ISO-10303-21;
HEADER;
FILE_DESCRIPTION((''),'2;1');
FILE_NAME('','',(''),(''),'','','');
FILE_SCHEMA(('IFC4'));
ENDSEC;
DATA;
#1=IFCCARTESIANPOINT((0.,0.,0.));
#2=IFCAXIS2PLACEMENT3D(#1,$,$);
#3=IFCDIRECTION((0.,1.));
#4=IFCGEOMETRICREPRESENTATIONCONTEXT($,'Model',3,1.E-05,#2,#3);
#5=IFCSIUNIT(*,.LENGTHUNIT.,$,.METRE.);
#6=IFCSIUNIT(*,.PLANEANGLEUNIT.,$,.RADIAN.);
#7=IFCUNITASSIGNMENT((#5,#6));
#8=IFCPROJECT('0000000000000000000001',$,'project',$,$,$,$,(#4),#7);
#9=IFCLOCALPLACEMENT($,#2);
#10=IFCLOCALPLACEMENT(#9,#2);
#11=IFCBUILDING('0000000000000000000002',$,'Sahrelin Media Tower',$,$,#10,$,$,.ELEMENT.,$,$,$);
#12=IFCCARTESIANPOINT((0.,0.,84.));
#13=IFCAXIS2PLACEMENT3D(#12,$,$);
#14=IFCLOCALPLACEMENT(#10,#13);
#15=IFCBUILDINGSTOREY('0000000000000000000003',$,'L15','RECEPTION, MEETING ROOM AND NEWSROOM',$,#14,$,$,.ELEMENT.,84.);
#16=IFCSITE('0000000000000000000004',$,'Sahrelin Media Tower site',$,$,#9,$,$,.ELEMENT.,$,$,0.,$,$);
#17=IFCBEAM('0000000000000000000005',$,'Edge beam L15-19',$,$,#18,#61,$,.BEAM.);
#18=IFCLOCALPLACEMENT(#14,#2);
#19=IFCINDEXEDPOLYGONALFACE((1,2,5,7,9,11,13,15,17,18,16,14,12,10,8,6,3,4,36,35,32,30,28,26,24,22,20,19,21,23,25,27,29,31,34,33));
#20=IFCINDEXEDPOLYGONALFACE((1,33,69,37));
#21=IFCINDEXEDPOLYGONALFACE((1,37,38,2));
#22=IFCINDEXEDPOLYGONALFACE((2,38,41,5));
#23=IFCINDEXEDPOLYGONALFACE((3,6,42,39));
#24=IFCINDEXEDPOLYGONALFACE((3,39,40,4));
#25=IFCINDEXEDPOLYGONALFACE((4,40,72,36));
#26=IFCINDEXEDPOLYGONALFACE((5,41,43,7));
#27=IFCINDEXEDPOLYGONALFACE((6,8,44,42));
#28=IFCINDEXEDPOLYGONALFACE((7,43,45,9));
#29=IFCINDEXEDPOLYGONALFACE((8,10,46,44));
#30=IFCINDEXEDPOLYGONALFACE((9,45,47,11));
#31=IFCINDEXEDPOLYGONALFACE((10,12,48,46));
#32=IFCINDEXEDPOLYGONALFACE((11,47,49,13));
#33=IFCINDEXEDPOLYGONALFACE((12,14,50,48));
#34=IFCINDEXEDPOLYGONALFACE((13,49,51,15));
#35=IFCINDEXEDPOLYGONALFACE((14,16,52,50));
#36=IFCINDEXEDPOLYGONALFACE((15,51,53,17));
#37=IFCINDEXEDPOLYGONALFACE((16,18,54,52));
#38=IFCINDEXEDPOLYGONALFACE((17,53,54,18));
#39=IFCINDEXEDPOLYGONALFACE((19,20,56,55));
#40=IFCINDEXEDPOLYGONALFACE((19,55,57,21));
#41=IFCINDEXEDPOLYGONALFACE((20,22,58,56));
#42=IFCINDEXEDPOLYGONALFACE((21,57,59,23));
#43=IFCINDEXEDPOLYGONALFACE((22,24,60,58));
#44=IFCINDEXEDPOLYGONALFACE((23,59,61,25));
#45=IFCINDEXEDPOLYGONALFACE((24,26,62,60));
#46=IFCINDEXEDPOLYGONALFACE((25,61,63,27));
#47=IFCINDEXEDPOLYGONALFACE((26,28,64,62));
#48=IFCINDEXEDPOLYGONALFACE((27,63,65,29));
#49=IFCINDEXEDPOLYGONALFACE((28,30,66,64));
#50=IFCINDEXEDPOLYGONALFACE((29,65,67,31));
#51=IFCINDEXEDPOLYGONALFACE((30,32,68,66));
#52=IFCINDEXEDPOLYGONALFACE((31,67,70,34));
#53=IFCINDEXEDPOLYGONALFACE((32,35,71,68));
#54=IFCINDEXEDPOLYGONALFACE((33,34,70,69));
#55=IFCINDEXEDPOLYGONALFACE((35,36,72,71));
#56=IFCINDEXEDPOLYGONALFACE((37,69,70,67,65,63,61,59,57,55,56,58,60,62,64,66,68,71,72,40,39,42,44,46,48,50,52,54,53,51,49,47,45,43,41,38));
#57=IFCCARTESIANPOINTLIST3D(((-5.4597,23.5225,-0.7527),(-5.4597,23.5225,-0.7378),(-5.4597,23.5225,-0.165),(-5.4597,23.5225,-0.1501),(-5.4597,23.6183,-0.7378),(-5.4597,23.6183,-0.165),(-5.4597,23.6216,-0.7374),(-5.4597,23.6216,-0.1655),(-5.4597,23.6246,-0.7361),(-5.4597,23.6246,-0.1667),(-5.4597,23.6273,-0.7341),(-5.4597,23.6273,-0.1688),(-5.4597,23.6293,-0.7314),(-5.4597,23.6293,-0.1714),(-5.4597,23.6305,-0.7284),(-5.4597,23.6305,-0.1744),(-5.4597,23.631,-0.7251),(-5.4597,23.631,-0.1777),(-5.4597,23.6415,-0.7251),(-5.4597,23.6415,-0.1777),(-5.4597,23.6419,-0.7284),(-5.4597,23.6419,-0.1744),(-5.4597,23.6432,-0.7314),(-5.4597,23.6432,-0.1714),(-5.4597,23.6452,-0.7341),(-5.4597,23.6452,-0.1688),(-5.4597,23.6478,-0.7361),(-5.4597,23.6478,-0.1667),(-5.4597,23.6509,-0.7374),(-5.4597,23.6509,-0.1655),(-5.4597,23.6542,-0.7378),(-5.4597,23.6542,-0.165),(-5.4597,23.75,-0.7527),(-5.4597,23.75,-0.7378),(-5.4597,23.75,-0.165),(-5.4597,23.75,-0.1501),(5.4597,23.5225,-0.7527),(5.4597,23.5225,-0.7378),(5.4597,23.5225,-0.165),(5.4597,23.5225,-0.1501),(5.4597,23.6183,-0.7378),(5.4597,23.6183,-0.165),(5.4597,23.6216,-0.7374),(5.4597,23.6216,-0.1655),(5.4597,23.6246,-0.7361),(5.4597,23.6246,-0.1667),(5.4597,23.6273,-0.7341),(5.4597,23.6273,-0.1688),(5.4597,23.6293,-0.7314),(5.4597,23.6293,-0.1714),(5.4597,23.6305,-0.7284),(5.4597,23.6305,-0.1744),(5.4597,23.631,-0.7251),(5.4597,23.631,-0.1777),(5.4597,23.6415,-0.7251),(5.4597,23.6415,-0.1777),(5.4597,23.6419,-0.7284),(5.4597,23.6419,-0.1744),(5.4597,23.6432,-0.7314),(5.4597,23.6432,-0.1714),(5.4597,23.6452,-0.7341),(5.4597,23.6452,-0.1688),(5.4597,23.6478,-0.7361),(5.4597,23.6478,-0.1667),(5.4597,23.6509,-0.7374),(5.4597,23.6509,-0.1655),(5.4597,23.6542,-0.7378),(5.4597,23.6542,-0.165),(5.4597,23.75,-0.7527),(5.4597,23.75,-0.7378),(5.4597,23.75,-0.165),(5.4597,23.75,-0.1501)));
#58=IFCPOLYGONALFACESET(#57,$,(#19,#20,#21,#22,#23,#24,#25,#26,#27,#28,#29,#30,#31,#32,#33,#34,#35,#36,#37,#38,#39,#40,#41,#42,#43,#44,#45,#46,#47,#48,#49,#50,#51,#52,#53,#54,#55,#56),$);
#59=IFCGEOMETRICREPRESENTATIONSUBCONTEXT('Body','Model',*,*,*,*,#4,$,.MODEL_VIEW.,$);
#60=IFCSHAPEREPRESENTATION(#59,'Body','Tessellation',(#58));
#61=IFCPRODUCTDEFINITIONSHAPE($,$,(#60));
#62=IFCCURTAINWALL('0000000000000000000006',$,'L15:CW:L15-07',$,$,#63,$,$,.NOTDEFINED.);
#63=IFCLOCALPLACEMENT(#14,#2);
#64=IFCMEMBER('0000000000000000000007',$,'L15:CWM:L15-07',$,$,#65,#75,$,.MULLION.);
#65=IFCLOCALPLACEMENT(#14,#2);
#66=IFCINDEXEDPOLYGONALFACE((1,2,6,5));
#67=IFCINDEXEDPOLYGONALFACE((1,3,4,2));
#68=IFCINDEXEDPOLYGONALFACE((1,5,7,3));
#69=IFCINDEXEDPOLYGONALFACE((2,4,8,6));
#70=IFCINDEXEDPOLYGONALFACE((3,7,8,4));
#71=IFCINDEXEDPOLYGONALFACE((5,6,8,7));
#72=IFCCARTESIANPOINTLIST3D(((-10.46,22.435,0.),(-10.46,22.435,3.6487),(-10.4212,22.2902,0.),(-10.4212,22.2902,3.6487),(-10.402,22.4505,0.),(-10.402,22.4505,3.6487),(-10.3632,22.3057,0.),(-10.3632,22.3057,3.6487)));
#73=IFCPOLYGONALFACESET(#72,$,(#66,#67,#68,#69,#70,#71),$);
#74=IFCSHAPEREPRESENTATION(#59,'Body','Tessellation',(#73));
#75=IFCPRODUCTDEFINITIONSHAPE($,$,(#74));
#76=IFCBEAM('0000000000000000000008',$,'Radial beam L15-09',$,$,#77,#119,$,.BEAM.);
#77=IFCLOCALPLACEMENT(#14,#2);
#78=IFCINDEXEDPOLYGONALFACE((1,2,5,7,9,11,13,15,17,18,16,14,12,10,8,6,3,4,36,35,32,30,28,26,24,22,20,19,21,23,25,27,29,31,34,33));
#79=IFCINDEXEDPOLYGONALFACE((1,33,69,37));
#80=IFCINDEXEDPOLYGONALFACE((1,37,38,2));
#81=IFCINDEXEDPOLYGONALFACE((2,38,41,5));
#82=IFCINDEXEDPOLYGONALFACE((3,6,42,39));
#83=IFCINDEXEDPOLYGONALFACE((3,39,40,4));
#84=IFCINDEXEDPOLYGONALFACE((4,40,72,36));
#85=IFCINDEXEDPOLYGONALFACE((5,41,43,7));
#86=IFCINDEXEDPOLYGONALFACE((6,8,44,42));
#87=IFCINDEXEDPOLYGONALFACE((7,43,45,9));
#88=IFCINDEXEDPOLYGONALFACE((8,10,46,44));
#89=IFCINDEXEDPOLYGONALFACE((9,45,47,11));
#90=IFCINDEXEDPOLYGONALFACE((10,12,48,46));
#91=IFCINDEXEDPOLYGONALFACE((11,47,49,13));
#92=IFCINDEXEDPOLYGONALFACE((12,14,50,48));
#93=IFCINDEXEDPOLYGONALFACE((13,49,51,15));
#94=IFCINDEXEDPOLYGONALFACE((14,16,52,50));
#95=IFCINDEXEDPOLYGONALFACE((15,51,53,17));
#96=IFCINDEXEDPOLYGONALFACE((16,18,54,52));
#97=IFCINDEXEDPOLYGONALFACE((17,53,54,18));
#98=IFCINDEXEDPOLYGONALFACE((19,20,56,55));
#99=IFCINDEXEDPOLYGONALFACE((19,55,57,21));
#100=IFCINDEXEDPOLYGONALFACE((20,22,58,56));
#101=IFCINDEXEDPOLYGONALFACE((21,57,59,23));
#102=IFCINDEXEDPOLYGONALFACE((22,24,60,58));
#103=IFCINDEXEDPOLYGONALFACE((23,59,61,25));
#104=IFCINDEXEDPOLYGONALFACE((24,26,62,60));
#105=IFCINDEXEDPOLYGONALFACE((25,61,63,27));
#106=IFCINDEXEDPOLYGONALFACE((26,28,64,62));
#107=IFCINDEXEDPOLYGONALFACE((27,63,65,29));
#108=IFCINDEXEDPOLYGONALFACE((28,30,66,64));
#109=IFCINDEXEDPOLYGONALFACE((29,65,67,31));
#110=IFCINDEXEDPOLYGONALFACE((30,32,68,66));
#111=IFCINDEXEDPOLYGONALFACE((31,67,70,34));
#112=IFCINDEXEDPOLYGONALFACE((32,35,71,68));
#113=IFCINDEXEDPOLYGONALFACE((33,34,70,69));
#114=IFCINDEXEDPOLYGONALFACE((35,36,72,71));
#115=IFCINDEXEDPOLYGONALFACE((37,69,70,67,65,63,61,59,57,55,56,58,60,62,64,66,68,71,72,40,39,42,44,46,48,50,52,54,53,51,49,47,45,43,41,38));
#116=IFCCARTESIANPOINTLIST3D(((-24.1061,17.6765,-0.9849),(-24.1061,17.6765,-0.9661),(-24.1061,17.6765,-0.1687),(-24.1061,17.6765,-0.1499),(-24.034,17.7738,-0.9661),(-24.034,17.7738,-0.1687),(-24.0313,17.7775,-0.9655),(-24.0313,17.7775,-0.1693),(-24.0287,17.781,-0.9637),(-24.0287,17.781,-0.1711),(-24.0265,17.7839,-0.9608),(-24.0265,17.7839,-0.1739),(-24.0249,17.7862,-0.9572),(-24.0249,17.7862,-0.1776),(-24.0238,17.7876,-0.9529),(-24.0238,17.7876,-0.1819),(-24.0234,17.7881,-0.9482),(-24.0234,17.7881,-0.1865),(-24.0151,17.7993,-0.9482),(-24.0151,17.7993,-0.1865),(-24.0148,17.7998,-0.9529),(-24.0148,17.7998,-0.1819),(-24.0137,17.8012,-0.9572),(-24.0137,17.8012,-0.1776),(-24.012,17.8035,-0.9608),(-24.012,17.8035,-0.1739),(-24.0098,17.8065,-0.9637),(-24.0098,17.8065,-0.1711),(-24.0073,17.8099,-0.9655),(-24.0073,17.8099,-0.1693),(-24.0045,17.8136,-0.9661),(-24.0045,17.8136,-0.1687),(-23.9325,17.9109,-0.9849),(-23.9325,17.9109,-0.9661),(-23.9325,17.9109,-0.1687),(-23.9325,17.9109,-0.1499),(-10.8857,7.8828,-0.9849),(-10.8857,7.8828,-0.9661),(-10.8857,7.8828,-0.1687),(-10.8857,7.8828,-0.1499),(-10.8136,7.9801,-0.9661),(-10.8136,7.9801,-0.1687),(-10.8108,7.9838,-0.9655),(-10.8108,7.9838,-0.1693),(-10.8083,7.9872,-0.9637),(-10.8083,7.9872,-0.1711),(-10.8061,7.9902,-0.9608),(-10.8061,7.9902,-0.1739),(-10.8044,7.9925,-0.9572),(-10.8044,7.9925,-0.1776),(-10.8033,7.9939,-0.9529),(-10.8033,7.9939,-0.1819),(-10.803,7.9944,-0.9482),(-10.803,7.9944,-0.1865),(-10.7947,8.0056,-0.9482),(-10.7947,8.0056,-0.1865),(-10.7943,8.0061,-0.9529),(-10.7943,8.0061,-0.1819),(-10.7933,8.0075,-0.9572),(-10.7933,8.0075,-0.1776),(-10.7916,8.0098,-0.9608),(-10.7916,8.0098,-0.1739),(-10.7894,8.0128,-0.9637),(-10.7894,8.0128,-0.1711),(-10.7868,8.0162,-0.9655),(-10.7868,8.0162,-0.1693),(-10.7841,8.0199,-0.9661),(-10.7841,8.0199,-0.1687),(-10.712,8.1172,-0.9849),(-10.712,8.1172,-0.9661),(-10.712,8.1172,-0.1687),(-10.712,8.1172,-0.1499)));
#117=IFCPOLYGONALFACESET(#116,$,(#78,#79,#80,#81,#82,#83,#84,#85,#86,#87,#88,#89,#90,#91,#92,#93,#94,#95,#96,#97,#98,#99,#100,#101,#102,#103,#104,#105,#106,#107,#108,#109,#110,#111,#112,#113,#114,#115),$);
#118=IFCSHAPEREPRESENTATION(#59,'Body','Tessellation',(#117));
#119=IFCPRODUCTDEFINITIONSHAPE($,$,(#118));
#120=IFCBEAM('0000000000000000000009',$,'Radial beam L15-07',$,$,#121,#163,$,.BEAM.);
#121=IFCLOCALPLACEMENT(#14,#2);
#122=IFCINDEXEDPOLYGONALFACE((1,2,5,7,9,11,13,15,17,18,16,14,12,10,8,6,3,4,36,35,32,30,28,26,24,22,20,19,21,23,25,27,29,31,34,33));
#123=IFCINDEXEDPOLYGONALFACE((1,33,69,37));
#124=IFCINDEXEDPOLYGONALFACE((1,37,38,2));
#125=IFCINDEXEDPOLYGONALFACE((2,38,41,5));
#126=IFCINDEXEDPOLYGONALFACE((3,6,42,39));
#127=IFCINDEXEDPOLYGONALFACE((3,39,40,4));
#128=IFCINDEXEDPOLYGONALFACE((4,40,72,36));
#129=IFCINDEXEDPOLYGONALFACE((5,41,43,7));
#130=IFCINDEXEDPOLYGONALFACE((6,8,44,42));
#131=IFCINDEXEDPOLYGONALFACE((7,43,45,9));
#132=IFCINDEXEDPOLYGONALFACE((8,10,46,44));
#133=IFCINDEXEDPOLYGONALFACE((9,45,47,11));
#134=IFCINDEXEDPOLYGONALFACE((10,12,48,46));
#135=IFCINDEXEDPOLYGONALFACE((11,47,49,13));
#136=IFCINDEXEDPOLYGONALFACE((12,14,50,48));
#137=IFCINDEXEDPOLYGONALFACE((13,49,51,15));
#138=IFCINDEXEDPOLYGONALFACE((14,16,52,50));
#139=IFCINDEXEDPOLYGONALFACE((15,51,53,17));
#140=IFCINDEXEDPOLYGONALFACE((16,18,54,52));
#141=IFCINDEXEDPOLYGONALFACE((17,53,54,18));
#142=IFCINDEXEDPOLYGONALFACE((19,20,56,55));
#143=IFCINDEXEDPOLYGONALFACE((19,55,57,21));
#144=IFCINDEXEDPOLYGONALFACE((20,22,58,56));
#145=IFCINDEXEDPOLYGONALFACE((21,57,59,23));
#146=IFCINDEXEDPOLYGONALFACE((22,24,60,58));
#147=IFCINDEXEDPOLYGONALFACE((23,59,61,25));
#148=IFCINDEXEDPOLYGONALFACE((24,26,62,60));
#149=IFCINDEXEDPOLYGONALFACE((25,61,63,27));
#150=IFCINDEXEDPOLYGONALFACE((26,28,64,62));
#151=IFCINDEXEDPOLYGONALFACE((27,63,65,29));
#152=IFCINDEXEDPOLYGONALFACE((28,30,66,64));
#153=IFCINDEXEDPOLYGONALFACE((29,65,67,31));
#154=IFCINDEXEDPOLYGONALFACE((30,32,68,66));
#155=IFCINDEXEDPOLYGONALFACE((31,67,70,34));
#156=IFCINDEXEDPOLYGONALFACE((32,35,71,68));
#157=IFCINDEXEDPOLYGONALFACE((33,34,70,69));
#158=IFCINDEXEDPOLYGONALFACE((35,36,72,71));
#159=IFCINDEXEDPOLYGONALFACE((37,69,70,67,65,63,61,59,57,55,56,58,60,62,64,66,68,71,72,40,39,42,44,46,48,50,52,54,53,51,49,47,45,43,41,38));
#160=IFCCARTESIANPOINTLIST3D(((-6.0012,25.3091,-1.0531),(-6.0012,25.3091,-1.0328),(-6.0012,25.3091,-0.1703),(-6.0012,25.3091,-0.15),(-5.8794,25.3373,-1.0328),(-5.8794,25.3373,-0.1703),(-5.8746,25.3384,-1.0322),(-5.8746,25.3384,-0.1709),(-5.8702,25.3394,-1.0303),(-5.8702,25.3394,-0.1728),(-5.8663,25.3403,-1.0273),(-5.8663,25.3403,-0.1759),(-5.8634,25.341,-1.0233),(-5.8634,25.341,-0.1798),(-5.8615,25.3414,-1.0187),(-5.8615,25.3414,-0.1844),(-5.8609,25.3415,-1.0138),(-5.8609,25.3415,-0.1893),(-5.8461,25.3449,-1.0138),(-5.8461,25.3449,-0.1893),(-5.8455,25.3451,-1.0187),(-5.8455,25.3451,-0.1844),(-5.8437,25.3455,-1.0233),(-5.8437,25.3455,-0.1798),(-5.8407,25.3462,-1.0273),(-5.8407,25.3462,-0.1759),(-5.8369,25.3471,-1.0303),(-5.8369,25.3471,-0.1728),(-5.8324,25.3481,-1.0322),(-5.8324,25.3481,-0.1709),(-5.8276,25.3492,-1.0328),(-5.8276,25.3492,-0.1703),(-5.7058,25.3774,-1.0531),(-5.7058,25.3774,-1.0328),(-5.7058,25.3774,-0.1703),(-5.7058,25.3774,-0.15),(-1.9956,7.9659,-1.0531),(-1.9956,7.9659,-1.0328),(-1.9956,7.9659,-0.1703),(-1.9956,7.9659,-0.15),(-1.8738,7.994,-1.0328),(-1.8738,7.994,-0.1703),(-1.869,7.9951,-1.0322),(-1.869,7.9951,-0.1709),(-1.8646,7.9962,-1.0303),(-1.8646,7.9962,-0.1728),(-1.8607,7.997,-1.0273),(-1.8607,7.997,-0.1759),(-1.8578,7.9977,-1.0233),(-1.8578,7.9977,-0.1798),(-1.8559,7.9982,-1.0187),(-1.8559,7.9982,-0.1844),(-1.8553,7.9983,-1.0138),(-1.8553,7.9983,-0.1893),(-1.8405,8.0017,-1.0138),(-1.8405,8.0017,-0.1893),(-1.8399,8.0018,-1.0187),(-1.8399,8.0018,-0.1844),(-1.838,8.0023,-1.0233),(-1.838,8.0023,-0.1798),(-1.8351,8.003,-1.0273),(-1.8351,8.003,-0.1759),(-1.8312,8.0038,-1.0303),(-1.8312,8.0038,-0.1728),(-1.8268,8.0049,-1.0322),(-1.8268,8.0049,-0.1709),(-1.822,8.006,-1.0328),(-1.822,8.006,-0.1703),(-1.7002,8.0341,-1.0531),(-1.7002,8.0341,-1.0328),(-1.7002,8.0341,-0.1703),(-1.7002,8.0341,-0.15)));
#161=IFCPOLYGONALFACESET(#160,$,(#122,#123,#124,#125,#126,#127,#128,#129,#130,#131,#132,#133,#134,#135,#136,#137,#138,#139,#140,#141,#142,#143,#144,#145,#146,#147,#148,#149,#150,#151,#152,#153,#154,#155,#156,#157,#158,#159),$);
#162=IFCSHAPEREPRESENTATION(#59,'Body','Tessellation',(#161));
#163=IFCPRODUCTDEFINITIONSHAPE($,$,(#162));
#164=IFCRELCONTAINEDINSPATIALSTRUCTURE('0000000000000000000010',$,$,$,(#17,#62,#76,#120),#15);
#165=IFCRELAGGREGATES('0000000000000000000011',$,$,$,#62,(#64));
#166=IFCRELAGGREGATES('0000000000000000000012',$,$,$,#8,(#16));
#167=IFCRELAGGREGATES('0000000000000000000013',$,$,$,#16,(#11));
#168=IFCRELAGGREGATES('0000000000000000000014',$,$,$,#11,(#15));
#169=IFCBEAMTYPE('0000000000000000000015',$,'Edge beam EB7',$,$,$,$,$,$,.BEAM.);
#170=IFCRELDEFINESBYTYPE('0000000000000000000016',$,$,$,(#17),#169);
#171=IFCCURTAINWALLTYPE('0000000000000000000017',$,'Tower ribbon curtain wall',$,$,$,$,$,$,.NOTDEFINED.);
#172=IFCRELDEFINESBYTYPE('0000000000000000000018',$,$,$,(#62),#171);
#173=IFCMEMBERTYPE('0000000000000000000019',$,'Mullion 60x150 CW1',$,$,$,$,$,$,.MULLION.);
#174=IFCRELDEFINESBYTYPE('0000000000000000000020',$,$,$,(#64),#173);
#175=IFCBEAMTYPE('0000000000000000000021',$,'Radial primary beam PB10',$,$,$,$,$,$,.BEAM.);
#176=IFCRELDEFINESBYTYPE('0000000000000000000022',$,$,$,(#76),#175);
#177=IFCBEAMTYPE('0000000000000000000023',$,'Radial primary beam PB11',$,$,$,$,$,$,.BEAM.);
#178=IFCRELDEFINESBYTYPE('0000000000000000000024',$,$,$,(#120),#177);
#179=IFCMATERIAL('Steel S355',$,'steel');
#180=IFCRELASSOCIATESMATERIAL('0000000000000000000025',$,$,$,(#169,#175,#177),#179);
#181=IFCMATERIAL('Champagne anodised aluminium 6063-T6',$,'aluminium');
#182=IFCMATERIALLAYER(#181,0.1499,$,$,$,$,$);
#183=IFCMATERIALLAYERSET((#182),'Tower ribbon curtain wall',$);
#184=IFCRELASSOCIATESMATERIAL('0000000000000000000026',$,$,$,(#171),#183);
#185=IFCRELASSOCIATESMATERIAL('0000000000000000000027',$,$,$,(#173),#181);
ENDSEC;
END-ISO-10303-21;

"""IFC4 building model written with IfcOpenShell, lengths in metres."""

from ifc_helpers import new_model, si_unit, direction, frame, origin, origin_2d, place, context, subcontext, project, spatial, rectangle, i_section, extrude, material, layer, layer_set, material_profile, profile_set, type_object, element, aggregate, save


model = new_model("IFC4")

# Units and contexts
model_context = context("Model", 3, precision=1e-05, world=origin(), true_north=direction((0.0, 1.0)))
body_context = subcontext(model_context, "Body", "Model", "MODEL_VIEW")
ifc_project = project(units=[si_unit("LENGTHUNIT", "METRE"), si_unit("PLANEANGLEUNIT", "RADIAN")], contexts=[model_context])

# Site, building, storey
site_placement = place(None, origin())
site = spatial("IfcSite", under=ifc_project, at=site_placement, Name="Sahrelin Media Tower site", CompositionType="ELEMENT", RefElevation=0.0)
building_placement = place(site_placement, origin())
building = spatial("IfcBuilding", under=site, at=building_placement, Name="Sahrelin Media Tower", CompositionType="ELEMENT")
storey_placement = place(building_placement, frame((0.0, 0.0, 84.0)))
storey = spatial("IfcBuildingStorey", under=building, at=storey_placement, Name="L15", Description="RECEPTION, MEETING ROOM AND NEWSROOM", CompositionType="ELEMENT", Elevation=84.0)

# Beam
ifc_material_1 = material(Name="Steel S355", Category="steel")
ifc_material_profile_1 = material_profile(ifc_material_1, i_section(OverallWidth=0.2275, OverallDepth=0.6025, WebThickness=0.0105, FlangeThickness=0.0149, FilletRadius=0.0127, at=origin_2d()), Name="UB 610x229x101")
ifc_profile_set_1 = profile_set([ifc_material_profile_1], Name="Steel S355")
beam_type_1 = type_object("IfcBeamType", Name="Edge beam EB7", PredefinedType="BEAM", material=ifc_profile_set_1)
beam_1_placement = place(storey_placement, frame((-5.4597, 23.6362, -0.4514), z_axis=(1.0, 0.0, 0.0), x_axis=(0.0, 1.0, 0.0)))
element("IfcBeam", 1, at=beam_1_placement, inside=storey, type_object=beam_type_1, Name="Edge beam L15-19", PredefinedType="BEAM", context=body_context, shape_type="SweptSolid", body=[
    extrude(i_section(OverallWidth=0.2275, OverallDepth=0.6025, WebThickness=0.0105, FlangeThickness=0.0149, FilletRadius=0.0127, at=origin_2d()), origin(), (0.0, 0.0, 1.0), 10.9194),
])

# Curtain wall, member
ifc_material_2 = material(Name="Champagne anodised aluminium 6063-T6", Category="aluminium")
ifc_layer_1 = layer(ifc_material_2, 0.1499)
ifc_layer_set_1 = layer_set([ifc_layer_1], Name="Tower ribbon curtain wall")
curtain_wall_type = type_object("IfcCurtainWallType", Name="Tower ribbon curtain wall", PredefinedType="NOTDEFINED", material=ifc_layer_set_1)
curtain_wall_placement = place(storey_placement, frame((-10.4363, 22.4619, 0.0), z_axis=(0.0, 0.0, 1.0), x_axis=(1.0, 0.0, 0.0)))
curtain_wall = element("IfcCurtainWall", 2, at=curtain_wall_placement, inside=storey, type_object=curtain_wall_type, Name="L15:CW:L15-07", PredefinedType="NOTDEFINED")
ifc_material_profile_2 = material_profile(ifc_material_2, rectangle(XDim=0.0601, YDim=0.1499, at=origin_2d()), Name="Mullion 60x150")
ifc_profile_set_2 = profile_set([ifc_material_profile_2], Name="Champagne anodised aluminium 6063-T6")
member_type_1 = type_object("IfcMemberType", Name="Mullion 60x150 CW1", PredefinedType="MULLION", material=ifc_profile_set_2)
member_1_placement = place(storey_placement, frame((-10.4116, 22.3704, 0.0), z_axis=(0.0, 0.0, 1.0), x_axis=(-0.965926, -0.258817, 0.0)))
member_1 = element("IfcMember", 3, at=member_1_placement, type_object=member_type_1, Name="L15:CWM:L15-07", PredefinedType="MULLION", context=body_context, shape_type="SweptSolid", body=[
    extrude(rectangle(XDim=0.0601, YDim=0.1499, at=origin_2d()), origin(), (0.0, 0.0, 1.0), 3.6487),
])

# Beams
ifc_material_profile_3 = material_profile(ifc_material_1, i_section(OverallWidth=0.2917, OverallDepth=0.835, WebThickness=0.0139, FlangeThickness=0.0188, FilletRadius=0.0178, at=origin_2d()), Name="UB 838x292x176")
ifc_profile_set_3 = profile_set([ifc_material_profile_3], Name="Steel S355")
beam_type_2 = type_object("IfcBeamType", Name="Radial primary beam PB10", PredefinedType="BEAM", material=ifc_profile_set_3)
beam_2_placement = place(storey_placement, frame((-10.7988, 8.0, -0.5674), z_axis=(-0.803535, 0.595258, 0.0), x_axis=(-0.595258, -0.803535, 0.0)))
element("IfcBeam", 4, at=beam_2_placement, inside=storey, type_object=beam_type_2, Name="Radial beam L15-09", PredefinedType="BEAM", context=body_context, shape_type="SweptSolid", body=[
    extrude(i_section(OverallWidth=0.2917, OverallDepth=0.835, WebThickness=0.0139, FlangeThickness=0.0188, FilletRadius=0.0178, at=origin_2d()), origin(), (0.0, 0.0, 1.0), 16.4529),
])
ifc_material_profile_4 = material_profile(ifc_material_1, i_section(OverallWidth=0.3032, OverallDepth=0.9031, WebThickness=0.0151, FlangeThickness=0.0203, FilletRadius=0.019, at=origin_2d()), Name="UB 914x305x201")
ifc_profile_set_4 = profile_set([ifc_material_profile_4], Name="Steel S355")
beam_type_3 = type_object("IfcBeamType", Name="Radial primary beam PB11", PredefinedType="BEAM", material=ifc_profile_set_4)
beam_3_placement = place(storey_placement, frame((-1.8479, 8.0, -0.6016), z_axis=(-0.225037, 0.97435, 0.0), x_axis=(-0.97435, -0.225037, 0.0)))
element("IfcBeam", 5, at=beam_3_placement, inside=storey, type_object=beam_type_3, Name="Radial beam L15-07", PredefinedType="BEAM", context=body_context, shape_type="SweptSolid", body=[
    extrude(i_section(OverallWidth=0.3032, OverallDepth=0.9031, WebThickness=0.0151, FlangeThickness=0.0203, FilletRadius=0.019, at=origin_2d()), origin(), (0.0, 0.0, 1.0), 17.7998),
])

aggregate(curtain_wall, [member_1])

save(model, "model.ifc")
